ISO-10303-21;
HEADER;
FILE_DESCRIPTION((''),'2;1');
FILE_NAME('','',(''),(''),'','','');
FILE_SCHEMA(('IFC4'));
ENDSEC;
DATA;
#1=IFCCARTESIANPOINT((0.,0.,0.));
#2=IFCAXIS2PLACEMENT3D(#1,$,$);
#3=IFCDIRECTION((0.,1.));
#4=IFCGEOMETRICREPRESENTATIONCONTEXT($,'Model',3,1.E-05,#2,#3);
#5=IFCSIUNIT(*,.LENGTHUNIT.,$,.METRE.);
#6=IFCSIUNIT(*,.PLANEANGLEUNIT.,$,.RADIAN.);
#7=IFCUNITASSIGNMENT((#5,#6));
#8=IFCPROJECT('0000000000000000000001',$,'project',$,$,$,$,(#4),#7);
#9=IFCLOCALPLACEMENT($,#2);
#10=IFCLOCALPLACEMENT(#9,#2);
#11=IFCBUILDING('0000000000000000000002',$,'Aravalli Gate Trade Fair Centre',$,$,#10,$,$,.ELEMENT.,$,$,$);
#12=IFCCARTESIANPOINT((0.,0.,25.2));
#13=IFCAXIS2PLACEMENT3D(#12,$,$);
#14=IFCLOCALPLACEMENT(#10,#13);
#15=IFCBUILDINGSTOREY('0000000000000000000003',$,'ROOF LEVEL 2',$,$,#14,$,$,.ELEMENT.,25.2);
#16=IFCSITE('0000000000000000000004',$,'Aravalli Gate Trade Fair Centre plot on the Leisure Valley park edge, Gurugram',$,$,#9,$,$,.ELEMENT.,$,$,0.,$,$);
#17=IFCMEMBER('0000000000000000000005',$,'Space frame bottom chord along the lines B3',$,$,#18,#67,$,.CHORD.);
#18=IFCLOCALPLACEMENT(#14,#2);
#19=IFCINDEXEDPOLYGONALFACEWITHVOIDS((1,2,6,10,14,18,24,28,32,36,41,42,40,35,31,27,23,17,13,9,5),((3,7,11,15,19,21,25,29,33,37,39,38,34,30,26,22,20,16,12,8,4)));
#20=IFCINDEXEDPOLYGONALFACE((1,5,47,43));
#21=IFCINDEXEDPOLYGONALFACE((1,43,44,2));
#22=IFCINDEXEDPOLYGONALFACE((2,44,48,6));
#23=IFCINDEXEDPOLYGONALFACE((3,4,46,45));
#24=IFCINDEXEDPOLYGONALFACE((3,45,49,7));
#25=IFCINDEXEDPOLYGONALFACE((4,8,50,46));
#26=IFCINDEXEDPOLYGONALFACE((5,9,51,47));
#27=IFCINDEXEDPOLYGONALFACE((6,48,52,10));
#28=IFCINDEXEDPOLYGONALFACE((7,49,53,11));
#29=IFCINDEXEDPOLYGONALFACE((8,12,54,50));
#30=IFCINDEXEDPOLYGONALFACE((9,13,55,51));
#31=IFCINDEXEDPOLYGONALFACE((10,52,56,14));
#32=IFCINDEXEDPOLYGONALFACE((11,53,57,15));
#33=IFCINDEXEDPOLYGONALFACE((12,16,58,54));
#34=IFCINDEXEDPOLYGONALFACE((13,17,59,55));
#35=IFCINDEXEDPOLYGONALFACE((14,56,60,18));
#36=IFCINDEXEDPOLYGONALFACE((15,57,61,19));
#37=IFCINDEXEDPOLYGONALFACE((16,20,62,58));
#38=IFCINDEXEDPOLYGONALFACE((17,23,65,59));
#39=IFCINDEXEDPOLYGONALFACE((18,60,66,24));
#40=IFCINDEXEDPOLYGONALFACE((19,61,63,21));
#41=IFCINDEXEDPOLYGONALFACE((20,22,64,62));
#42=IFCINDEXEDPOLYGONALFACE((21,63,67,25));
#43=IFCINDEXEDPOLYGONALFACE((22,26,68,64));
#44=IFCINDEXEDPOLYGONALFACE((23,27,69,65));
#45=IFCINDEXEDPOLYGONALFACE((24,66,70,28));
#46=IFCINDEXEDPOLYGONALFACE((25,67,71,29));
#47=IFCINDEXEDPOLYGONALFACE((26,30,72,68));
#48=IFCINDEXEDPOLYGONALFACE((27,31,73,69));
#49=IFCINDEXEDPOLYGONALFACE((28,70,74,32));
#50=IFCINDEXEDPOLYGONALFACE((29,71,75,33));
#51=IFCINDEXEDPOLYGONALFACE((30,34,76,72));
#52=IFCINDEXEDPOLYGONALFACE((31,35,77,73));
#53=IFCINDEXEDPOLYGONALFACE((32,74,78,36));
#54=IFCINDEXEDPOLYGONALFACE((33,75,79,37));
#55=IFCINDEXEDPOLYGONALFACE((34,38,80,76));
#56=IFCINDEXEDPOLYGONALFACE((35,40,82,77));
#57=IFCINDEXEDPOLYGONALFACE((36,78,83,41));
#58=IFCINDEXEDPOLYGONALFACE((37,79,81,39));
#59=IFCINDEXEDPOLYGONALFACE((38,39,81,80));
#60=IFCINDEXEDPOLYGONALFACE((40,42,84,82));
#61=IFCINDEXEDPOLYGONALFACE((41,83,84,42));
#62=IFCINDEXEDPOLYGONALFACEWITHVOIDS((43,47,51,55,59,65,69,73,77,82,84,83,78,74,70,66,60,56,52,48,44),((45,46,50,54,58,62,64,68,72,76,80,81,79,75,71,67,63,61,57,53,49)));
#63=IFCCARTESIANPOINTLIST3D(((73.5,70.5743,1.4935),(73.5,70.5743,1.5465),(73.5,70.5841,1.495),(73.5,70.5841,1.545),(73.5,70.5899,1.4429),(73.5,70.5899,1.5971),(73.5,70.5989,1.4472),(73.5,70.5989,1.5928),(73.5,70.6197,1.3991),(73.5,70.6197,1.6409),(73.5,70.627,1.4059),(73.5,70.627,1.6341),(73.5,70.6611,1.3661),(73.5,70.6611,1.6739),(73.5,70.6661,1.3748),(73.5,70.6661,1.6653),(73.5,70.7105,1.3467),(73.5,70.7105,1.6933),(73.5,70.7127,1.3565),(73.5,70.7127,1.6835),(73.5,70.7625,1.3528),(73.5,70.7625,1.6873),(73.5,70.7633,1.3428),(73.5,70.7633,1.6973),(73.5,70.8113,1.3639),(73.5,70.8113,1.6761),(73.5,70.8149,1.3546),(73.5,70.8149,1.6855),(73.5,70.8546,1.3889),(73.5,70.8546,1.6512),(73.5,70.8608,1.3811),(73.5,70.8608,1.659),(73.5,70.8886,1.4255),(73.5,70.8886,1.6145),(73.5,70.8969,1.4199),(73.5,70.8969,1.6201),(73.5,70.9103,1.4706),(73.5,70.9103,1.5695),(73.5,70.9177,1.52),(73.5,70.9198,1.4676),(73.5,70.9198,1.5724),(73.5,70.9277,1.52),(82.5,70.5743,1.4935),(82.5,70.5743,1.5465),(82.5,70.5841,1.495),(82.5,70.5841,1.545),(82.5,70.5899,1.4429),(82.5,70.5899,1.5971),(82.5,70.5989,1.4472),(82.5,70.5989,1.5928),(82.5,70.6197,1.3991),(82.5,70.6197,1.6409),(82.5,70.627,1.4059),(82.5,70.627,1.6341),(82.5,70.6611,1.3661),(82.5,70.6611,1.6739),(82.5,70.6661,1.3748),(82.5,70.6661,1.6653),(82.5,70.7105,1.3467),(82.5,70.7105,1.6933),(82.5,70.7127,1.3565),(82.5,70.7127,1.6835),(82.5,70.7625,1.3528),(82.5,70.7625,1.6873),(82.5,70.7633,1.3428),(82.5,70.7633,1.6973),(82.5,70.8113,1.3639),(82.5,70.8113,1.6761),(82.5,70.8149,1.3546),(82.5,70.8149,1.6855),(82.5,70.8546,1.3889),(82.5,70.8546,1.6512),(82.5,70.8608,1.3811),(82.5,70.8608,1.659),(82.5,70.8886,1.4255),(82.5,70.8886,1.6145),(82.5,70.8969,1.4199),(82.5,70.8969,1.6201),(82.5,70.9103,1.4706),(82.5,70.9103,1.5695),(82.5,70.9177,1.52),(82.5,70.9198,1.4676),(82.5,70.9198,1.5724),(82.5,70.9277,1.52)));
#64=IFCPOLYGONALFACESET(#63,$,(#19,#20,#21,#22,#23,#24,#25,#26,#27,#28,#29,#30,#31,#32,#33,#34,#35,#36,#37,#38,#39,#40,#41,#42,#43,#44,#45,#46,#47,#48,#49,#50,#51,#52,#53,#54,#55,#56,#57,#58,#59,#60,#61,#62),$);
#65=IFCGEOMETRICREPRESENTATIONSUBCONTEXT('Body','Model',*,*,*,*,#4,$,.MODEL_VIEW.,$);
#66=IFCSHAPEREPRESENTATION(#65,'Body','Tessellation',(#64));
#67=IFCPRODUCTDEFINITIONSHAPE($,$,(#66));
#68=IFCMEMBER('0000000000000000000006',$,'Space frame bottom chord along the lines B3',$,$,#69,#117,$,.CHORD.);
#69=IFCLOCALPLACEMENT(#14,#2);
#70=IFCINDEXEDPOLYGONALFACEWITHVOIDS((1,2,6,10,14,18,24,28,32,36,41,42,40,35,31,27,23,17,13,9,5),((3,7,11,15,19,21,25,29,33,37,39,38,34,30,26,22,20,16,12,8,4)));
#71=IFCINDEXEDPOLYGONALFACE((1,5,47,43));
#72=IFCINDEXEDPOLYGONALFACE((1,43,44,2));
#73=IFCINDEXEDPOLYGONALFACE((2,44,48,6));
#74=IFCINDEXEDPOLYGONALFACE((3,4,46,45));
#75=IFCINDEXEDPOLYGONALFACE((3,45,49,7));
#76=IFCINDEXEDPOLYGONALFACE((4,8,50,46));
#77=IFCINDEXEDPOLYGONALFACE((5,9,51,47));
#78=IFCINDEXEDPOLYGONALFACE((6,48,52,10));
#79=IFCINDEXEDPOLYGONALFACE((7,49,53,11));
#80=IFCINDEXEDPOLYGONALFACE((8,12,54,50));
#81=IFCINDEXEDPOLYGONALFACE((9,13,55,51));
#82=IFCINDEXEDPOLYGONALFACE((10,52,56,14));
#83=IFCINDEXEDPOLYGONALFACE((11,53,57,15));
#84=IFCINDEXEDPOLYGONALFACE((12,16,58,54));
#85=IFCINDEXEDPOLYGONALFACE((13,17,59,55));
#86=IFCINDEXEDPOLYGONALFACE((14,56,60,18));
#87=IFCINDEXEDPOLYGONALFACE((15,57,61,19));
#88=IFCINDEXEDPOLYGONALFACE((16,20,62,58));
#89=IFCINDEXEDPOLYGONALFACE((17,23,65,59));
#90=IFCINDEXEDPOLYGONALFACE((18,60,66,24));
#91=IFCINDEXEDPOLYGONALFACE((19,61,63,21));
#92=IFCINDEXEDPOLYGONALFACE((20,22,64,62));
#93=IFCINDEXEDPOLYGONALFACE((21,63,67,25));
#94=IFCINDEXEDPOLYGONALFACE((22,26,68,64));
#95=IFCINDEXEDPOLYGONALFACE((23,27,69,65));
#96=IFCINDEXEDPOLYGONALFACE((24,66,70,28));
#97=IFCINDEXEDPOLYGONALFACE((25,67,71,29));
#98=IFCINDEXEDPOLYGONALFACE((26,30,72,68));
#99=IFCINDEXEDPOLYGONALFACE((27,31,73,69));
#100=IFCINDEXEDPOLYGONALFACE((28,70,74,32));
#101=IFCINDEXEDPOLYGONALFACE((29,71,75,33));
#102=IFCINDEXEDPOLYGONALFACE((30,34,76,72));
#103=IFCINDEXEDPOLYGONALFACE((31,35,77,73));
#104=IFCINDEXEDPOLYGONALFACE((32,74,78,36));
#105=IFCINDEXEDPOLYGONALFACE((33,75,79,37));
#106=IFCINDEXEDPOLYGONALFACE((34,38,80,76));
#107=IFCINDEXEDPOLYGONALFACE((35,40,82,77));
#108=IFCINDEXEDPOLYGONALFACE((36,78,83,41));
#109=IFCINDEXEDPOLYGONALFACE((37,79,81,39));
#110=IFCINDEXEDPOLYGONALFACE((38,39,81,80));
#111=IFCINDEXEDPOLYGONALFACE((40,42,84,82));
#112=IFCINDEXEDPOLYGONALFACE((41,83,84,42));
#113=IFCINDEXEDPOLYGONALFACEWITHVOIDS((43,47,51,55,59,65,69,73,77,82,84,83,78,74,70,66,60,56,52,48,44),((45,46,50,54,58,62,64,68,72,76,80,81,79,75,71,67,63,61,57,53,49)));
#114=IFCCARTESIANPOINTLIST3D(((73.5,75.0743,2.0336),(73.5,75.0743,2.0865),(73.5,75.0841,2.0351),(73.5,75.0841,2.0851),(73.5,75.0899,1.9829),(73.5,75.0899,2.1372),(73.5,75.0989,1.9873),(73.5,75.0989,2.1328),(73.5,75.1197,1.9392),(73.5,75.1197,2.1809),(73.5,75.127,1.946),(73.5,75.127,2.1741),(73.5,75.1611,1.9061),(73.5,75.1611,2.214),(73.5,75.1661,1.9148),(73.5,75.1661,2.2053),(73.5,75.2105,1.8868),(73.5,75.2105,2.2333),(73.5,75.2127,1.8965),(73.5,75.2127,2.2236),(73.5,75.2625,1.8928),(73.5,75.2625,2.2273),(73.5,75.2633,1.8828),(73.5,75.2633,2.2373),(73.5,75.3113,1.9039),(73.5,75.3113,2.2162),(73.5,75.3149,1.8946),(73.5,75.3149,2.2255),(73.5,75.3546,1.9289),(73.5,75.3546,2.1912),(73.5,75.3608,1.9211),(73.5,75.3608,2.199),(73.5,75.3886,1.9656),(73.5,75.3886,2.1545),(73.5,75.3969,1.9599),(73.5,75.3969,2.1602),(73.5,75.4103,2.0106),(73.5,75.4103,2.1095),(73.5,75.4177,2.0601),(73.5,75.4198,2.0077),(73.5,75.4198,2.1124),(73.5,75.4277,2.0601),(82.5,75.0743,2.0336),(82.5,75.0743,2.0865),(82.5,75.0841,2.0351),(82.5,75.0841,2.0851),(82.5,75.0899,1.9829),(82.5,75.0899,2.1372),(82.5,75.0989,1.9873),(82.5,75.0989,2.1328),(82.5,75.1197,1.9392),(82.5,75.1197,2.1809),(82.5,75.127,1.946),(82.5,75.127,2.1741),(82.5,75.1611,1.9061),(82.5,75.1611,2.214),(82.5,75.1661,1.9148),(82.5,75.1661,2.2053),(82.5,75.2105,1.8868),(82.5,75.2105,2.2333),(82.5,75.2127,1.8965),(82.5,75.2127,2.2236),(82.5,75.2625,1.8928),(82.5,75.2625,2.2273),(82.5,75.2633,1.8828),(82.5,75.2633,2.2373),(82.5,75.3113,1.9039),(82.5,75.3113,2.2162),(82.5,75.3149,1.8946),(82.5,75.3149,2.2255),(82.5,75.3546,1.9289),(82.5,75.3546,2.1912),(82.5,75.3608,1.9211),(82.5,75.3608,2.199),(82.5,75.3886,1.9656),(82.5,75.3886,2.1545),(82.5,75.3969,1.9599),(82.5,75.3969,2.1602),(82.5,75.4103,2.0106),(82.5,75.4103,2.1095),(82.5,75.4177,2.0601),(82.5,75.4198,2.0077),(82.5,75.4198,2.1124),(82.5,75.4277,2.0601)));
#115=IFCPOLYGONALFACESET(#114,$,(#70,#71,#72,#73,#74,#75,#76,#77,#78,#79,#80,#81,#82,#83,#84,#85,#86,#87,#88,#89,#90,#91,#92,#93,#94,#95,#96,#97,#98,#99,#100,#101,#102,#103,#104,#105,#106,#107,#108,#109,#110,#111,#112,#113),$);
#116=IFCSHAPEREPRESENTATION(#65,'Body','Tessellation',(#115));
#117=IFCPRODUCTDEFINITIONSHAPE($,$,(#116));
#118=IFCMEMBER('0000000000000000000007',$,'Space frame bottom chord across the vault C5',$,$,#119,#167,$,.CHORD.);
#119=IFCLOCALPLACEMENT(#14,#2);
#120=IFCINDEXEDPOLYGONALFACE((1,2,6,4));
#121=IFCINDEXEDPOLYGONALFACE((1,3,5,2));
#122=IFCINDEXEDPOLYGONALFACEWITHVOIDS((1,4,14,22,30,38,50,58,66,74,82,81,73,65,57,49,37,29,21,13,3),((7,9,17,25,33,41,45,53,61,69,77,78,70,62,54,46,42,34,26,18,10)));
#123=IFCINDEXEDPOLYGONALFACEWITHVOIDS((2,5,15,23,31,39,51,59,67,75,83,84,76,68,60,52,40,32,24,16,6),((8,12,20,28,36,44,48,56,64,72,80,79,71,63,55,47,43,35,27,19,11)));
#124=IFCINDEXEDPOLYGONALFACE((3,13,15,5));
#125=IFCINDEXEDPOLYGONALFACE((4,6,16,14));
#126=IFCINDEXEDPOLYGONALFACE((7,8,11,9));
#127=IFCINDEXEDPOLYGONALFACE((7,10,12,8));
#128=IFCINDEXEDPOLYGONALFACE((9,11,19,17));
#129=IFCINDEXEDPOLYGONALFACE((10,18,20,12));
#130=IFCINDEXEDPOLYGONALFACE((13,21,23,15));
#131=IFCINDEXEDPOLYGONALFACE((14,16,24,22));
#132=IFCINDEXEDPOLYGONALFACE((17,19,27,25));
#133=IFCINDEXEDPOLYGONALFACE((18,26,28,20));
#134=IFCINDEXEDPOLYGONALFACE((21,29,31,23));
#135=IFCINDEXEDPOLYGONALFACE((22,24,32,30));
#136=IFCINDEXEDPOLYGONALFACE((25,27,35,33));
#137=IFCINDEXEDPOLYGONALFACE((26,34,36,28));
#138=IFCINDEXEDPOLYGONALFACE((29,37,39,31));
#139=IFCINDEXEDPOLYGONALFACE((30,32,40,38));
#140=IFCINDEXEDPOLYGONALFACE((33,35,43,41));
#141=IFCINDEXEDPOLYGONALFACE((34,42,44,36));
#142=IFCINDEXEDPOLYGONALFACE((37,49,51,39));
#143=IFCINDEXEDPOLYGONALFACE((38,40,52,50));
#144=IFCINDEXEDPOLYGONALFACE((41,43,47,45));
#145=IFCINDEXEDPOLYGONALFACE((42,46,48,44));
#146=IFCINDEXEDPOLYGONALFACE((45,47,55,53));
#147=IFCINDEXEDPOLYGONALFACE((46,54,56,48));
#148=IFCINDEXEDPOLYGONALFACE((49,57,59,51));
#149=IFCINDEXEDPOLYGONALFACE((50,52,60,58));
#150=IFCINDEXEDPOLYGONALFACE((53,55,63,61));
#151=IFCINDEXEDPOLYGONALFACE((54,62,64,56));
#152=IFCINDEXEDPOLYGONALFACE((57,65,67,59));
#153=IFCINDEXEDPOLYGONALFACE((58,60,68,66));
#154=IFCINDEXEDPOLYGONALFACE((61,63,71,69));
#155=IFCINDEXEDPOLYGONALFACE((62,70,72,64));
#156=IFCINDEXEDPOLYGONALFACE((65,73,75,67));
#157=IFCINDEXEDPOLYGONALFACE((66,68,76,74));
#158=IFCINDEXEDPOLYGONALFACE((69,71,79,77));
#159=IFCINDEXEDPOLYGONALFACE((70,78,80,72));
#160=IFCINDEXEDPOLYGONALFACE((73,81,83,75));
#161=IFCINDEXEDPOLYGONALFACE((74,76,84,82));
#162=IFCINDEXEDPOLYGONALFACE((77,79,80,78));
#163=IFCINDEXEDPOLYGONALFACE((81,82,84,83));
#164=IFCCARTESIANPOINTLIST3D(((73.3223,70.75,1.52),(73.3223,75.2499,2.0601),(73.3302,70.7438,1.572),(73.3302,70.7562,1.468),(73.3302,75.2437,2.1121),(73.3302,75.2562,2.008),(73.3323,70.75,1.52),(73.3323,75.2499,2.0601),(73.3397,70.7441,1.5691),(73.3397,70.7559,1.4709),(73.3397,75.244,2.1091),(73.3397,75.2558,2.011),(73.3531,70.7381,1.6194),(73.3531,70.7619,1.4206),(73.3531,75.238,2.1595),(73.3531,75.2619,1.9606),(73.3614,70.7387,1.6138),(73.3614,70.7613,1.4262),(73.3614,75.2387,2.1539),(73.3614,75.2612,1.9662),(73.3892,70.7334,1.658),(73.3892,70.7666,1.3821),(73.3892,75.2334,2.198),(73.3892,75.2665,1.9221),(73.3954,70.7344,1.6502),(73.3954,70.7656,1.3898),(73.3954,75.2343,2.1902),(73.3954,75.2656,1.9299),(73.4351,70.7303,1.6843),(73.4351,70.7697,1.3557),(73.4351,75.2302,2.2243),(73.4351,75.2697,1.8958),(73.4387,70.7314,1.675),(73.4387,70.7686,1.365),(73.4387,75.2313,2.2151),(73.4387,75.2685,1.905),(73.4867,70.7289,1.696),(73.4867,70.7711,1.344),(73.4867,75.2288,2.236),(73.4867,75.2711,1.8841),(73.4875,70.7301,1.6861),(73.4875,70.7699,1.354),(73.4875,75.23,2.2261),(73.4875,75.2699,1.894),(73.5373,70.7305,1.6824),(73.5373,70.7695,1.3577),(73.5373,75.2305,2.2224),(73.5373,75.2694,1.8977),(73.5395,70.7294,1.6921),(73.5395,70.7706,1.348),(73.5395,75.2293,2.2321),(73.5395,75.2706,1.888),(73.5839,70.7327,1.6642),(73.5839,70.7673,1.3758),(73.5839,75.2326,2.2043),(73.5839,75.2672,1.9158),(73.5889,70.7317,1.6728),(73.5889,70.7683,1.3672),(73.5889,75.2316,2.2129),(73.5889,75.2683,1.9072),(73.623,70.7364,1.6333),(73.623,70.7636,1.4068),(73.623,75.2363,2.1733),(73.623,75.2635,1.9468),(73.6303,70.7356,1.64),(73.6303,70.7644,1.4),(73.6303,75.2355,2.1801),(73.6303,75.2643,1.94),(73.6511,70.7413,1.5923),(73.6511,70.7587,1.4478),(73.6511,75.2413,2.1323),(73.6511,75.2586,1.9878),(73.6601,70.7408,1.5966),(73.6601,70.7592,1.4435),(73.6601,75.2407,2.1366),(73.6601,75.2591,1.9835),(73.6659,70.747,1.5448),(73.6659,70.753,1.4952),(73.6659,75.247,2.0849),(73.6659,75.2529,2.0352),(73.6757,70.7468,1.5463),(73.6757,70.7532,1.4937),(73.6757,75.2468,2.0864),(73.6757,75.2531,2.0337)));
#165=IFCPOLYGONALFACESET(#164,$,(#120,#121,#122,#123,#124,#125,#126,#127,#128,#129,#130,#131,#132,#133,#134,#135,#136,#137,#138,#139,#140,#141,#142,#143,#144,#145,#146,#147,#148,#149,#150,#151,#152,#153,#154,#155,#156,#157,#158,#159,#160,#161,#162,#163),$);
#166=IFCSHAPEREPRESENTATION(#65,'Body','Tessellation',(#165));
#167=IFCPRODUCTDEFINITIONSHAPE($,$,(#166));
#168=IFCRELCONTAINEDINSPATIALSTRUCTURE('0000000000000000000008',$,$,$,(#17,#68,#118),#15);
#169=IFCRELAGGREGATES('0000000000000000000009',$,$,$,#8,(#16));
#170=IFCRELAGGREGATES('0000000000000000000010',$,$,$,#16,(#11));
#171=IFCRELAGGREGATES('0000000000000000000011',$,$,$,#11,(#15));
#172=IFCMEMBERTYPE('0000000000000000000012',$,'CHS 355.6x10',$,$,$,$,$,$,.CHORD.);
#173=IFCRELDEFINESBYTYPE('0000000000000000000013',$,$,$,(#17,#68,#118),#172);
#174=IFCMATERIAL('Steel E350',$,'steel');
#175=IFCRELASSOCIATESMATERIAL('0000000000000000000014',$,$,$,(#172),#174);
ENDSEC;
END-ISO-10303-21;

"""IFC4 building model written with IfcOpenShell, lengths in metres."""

from ifc_helpers import new_model, si_unit, direction, frame, origin, origin_2d, place, context, subcontext, project, spatial, hollow_circle, extrude, material, material_profile, profile_set, type_object, element, save


model = new_model("IFC4")

# Units and contexts
model_context = context("Model", 3, precision=1e-05, world=origin(), true_north=direction((0.0, 1.0)))
body_context = subcontext(model_context, "Body", "Model", "MODEL_VIEW")
ifc_project = project(units=[si_unit("LENGTHUNIT", "METRE"), si_unit("PLANEANGLEUNIT", "RADIAN")], contexts=[model_context])

# Site, building, storey
site_placement = place(None, origin())
site = spatial("IfcSite", under=ifc_project, at=site_placement, Name="Aravalli Gate Trade Fair Centre plot on the Leisure Valley park edge, Gurugram", CompositionType="ELEMENT", RefElevation=0.0)
building_placement = place(site_placement, origin())
building = spatial("IfcBuilding", under=site, at=building_placement, Name="Aravalli Gate Trade Fair Centre", CompositionType="ELEMENT")
storey_placement = place(building_placement, frame((0.0, 0.0, 25.2)))
storey = spatial("IfcBuildingStorey", under=building, at=storey_placement, Name="ROOF LEVEL 2", CompositionType="ELEMENT", Elevation=25.2)

# Members
ifc_material_1 = material(Name="Steel E350", Category="steel")
ifc_material_profile_1 = material_profile(ifc_material_1, hollow_circle(Radius=0.1777, WallThickness=0.01, at=origin_2d()), Name="CHS 355.6x10")
ifc_profile_set_1 = profile_set([ifc_material_profile_1], Name="Steel E350")
member_type_1 = type_object("IfcMemberType", Name="CHS 355.6x10", PredefinedType="CHORD", material=ifc_profile_set_1)
for number, where, z_axis, x_axis, name in (
    (1, (73.5, 70.75, 1.52), (1.0, 0.0, 0.0), (0.0, 1.0, 0.0), "Space frame bottom chord along the lines B3"),
    (2, (73.5, 75.25, 2.0601), (1.0, 0.0, 0.0), (0.0, 1.0, 0.0), "Space frame bottom chord along the lines B3"),
):
    element("IfcMember", number, at=place(storey_placement, frame(where, z_axis=z_axis, x_axis=x_axis)), inside=storey, type_object=member_type_1, Name=name, PredefinedType="CHORD", context=body_context, shape_type="SweptSolid", body=[
        extrude(hollow_circle(Radius=0.1777, WallThickness=0.01, at=origin_2d()), origin(), (0.0, 0.0, 1.0), 9.0),
    ])
member_1_placement = place(storey_placement, frame((73.5, 70.75, 1.52), z_axis=(0.0, 0.992876, 0.119154), x_axis=(-1.0, 0.0, 0.0)))
element("IfcMember", 3, at=member_1_placement, inside=storey, type_object=member_type_1, Name="Space frame bottom chord across the vault C5", PredefinedType="CHORD", context=body_context, shape_type="SweptSolid", body=[
    extrude(hollow_circle(Radius=0.1777, WallThickness=0.01, at=origin_2d()), origin(), (0.0, 0.0, 1.0), 4.5322),
])

save(model, "model.ifc")
